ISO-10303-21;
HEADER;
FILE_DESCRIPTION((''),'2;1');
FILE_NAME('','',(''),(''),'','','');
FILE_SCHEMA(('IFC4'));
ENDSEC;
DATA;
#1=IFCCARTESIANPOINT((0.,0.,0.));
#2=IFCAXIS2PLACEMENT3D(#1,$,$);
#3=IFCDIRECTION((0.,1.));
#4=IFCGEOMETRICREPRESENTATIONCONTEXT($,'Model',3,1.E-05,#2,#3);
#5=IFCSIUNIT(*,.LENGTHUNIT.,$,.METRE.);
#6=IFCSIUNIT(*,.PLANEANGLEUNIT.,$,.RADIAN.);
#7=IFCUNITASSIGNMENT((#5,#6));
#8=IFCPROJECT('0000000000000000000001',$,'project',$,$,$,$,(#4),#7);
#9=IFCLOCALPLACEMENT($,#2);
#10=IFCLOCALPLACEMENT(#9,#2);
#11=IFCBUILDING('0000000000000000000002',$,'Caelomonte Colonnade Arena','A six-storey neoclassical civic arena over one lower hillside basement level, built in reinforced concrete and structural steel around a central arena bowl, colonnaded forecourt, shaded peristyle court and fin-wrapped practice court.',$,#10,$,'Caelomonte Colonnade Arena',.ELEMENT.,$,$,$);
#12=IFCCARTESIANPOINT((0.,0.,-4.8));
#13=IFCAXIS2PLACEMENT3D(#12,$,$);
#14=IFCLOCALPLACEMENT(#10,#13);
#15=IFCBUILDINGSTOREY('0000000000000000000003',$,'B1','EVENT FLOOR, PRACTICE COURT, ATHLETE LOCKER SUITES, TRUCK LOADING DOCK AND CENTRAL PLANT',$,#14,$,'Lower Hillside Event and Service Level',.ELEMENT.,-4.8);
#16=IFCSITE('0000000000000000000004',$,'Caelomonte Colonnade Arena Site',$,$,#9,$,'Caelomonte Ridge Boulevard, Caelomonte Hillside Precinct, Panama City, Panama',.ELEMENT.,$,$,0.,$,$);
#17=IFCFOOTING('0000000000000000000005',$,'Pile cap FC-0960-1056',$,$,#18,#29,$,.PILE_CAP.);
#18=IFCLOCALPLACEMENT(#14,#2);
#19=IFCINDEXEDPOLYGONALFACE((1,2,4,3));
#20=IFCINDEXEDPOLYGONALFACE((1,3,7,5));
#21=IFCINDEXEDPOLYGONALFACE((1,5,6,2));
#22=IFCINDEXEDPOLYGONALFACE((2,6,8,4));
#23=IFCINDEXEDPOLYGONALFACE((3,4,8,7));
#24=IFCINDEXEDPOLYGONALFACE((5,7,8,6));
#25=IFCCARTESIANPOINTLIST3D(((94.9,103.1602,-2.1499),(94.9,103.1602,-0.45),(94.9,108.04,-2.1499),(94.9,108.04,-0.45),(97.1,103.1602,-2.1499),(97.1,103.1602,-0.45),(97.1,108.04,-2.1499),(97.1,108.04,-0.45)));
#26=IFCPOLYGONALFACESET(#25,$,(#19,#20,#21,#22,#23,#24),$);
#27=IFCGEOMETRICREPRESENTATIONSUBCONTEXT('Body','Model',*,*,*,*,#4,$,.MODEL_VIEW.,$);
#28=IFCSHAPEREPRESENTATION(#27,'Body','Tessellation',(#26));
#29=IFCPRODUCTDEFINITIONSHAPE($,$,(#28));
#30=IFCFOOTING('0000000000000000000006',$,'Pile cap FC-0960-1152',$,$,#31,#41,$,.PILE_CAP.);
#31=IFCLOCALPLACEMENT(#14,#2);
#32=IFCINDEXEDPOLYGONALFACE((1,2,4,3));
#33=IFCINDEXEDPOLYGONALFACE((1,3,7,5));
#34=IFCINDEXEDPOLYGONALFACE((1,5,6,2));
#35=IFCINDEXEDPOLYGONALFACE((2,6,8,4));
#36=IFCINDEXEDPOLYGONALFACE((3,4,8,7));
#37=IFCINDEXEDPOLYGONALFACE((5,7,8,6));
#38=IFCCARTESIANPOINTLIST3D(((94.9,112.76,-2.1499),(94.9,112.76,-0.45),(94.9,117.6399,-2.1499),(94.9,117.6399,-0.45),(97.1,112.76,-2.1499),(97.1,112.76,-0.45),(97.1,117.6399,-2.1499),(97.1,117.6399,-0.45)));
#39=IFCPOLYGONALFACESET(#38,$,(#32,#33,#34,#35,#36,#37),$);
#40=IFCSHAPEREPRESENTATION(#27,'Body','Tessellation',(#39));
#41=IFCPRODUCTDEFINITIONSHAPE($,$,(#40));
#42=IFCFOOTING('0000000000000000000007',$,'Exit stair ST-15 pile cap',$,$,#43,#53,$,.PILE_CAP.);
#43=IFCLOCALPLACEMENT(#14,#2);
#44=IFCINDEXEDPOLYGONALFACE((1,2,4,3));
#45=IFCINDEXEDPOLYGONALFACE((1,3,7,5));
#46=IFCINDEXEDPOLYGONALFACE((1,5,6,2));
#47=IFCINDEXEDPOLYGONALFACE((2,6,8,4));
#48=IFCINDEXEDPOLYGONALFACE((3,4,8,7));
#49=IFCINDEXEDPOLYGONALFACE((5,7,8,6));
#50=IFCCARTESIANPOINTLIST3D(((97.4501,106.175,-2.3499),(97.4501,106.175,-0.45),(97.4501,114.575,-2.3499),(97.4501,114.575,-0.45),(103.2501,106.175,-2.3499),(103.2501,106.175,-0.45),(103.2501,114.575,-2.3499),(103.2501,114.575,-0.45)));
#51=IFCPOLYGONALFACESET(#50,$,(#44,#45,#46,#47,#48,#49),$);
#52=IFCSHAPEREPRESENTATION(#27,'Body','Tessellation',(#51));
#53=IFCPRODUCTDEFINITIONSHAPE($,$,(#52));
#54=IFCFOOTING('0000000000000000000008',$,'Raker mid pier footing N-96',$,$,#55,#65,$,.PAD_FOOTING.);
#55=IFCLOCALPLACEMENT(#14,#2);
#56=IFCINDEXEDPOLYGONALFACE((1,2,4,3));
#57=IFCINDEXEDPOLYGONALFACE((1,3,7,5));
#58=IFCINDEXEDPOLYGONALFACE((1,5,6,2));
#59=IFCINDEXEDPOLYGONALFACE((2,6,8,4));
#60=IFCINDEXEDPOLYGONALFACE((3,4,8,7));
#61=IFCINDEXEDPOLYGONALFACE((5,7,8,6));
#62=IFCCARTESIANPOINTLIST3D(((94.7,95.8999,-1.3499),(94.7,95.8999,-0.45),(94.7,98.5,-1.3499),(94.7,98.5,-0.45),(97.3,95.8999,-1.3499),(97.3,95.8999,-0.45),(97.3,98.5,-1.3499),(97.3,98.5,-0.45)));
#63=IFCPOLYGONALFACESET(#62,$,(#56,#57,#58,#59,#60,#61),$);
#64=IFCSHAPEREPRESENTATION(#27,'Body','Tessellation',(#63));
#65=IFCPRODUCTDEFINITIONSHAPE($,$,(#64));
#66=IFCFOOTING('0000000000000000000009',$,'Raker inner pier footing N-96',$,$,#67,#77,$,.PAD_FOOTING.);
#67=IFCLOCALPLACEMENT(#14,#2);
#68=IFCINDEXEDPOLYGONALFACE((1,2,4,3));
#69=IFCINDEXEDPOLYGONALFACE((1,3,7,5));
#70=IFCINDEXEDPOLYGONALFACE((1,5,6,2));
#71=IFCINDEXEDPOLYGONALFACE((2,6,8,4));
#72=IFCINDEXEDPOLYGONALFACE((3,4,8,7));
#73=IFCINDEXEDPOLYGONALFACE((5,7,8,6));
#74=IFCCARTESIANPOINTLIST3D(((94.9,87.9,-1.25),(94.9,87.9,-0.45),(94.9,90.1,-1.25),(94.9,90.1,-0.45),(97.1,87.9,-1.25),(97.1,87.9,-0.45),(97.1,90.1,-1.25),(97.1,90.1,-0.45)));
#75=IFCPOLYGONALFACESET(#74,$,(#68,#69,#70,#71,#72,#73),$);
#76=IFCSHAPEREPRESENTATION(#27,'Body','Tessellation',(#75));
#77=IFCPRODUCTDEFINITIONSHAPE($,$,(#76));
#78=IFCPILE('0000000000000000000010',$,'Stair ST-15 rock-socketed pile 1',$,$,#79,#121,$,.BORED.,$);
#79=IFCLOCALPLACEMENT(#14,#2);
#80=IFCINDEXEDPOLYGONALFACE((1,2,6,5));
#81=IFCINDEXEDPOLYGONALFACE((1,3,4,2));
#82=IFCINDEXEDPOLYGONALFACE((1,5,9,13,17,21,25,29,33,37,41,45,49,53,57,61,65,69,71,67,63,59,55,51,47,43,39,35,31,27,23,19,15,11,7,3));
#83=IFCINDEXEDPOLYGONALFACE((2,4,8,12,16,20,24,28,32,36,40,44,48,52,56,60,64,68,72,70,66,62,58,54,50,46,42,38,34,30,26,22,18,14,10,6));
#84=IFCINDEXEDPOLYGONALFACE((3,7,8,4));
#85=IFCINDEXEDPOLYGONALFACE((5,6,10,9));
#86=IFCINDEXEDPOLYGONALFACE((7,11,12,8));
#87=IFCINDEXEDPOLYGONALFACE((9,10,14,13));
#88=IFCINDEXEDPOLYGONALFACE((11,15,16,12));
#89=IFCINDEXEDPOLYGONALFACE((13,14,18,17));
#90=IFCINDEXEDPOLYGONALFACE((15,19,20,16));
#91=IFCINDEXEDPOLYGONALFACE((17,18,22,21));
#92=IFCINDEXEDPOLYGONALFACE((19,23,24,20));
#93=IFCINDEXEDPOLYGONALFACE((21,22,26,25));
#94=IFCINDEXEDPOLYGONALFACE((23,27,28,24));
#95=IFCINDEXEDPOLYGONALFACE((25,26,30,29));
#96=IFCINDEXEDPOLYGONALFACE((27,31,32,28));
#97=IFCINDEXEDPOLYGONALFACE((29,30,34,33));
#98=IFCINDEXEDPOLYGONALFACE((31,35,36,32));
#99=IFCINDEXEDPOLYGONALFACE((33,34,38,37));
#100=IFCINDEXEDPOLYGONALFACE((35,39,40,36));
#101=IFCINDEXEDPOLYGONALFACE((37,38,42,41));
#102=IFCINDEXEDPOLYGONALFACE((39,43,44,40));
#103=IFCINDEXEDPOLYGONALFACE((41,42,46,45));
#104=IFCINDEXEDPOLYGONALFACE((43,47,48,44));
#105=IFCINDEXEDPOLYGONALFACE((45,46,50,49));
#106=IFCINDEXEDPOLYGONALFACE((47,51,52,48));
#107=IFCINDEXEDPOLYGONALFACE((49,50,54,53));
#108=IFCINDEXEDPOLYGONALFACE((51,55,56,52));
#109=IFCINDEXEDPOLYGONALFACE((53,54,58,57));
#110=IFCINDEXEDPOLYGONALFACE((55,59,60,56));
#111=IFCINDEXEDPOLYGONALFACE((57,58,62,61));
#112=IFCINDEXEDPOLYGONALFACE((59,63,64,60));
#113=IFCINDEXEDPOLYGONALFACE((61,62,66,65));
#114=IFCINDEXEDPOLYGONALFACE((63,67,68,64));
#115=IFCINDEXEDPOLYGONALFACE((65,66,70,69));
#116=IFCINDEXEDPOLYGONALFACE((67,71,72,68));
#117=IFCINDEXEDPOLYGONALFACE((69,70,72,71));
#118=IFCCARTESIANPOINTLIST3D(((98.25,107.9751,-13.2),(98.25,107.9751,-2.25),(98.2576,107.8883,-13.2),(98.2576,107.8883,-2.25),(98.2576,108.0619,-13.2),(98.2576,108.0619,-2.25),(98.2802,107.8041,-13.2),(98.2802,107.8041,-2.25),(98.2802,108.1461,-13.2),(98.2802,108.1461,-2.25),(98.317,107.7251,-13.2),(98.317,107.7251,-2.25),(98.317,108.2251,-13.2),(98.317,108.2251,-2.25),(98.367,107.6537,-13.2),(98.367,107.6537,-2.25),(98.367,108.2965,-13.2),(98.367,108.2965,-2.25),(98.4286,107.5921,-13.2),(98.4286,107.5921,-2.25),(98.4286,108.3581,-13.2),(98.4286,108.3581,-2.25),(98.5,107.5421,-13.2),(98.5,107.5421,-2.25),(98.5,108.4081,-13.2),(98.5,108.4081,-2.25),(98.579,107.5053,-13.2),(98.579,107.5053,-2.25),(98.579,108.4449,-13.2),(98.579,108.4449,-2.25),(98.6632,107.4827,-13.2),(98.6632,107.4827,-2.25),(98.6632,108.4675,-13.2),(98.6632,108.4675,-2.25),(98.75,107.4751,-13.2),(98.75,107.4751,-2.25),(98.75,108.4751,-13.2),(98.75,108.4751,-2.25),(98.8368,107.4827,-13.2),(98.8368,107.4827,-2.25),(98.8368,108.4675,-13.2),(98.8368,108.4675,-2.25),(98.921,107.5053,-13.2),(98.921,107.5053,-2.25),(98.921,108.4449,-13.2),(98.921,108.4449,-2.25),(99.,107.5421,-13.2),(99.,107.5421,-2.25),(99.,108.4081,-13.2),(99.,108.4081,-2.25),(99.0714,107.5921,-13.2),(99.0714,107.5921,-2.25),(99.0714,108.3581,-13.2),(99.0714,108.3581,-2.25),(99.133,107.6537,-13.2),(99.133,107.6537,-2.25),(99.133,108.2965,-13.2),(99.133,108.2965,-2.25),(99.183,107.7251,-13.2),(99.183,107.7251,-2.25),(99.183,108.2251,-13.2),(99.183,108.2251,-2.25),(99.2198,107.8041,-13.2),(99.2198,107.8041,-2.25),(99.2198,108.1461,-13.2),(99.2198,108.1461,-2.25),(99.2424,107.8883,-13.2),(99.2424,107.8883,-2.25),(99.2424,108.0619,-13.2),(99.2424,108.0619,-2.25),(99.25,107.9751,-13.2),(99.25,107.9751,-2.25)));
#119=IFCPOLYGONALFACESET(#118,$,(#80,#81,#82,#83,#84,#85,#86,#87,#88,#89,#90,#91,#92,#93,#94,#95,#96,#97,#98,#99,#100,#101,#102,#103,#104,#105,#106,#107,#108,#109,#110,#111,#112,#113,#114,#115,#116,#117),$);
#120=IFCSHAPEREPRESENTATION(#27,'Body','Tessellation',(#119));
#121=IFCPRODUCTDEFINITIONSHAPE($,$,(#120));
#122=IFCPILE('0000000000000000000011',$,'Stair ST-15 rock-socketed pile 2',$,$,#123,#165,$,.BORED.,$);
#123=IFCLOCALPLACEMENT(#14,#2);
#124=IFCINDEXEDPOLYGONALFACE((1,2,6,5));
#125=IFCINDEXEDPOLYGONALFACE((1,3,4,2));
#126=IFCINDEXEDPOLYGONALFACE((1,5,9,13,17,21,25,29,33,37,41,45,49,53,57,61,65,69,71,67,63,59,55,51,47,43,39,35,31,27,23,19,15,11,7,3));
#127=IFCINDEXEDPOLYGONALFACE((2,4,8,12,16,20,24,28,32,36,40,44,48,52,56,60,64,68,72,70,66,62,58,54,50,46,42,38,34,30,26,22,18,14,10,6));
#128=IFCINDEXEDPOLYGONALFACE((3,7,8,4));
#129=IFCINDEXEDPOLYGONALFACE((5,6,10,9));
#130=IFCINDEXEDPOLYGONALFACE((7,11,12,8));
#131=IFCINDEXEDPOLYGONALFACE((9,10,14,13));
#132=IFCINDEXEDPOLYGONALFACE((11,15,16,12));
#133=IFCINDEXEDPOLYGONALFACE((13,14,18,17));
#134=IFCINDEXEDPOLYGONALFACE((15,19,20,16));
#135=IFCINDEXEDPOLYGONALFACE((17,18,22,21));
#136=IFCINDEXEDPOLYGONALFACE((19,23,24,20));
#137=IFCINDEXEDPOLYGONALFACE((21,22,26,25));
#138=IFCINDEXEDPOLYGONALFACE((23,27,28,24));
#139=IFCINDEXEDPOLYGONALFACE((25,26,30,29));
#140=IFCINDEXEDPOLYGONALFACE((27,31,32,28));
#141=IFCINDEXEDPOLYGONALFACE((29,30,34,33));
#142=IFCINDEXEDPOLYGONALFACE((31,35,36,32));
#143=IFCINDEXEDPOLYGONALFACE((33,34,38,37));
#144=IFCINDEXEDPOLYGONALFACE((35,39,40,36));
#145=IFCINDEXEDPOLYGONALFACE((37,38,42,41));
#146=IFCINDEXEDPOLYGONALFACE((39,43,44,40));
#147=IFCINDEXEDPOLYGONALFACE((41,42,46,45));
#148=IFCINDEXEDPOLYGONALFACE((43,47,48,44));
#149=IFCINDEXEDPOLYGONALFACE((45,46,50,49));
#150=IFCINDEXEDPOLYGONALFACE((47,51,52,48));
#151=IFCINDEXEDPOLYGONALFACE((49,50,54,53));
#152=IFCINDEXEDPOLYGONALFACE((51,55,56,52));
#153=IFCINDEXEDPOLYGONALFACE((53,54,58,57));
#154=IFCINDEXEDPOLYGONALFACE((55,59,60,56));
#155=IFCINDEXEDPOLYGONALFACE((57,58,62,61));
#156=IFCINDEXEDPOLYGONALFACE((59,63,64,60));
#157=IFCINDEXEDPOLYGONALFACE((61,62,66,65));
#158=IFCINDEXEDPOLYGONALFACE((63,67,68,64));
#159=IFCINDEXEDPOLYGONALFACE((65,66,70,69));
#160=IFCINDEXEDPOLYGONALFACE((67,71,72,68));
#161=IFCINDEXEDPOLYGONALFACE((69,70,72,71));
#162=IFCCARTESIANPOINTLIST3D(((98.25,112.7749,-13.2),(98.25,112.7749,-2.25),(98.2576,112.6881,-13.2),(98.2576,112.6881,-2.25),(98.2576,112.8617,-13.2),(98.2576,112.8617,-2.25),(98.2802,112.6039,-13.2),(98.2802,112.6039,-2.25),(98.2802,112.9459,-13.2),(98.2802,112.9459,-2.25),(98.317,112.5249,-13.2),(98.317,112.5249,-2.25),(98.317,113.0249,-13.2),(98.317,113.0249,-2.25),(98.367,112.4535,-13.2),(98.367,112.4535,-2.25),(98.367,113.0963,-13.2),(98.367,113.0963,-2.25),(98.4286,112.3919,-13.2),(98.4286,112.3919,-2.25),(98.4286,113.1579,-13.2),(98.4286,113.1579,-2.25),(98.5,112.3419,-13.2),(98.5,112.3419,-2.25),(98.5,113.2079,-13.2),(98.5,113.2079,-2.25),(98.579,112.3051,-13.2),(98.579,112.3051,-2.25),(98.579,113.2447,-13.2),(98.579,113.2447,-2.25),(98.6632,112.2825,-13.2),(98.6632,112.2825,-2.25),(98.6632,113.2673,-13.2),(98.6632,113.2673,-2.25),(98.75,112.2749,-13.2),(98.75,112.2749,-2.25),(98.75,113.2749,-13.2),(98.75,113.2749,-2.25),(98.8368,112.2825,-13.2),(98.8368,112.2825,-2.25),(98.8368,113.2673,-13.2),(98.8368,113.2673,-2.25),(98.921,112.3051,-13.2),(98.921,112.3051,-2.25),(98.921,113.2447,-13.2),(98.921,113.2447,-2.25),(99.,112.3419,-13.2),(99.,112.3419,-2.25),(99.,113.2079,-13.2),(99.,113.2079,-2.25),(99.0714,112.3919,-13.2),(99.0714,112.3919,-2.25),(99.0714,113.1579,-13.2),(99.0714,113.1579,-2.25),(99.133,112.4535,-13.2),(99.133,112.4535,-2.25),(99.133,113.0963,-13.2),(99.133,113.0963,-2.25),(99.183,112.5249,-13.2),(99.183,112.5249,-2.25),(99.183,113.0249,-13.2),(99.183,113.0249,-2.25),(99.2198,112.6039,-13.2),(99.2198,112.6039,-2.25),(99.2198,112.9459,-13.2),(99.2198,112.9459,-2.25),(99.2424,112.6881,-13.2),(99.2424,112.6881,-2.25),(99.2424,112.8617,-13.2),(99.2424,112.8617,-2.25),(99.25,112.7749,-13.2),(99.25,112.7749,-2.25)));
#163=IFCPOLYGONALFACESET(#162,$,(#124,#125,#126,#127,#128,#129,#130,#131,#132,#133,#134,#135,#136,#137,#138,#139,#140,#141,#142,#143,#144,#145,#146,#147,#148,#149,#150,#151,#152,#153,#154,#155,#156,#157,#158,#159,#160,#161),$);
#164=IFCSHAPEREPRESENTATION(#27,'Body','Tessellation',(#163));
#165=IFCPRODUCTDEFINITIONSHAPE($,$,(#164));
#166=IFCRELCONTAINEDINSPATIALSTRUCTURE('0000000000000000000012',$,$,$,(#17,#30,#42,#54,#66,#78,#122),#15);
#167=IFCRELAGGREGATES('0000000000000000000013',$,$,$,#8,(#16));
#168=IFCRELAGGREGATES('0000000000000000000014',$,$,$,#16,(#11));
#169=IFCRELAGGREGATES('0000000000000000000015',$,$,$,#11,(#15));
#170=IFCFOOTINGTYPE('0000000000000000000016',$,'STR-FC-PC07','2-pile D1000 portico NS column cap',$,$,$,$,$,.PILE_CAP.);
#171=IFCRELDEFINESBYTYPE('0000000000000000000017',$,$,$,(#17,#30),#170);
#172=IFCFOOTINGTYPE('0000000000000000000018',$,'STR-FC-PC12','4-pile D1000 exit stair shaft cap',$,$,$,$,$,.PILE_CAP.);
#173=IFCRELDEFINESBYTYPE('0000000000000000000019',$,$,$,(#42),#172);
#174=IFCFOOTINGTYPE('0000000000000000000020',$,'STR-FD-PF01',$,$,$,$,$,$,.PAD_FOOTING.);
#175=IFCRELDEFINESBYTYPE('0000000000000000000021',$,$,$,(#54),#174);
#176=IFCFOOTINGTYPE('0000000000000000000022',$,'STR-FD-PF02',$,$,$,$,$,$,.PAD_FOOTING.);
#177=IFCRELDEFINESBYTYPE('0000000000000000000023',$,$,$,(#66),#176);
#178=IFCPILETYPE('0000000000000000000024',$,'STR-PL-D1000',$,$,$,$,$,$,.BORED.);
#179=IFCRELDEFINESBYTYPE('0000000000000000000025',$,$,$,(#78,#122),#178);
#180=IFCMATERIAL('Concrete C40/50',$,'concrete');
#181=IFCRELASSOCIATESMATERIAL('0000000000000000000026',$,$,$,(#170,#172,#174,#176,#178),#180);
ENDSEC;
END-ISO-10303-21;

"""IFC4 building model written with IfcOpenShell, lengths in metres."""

from ifc_helpers import new_model, si_unit, direction, frame, origin, origin_2d, place, context, subcontext, project, spatial, rectangle, circle, extrude, material, material_profile, profile_set, type_object, element, save


model = new_model("IFC4")

# Units and contexts
model_context = context("Model", 3, precision=1e-05, world=origin(), true_north=direction((0.0, 1.0)))
body_context = subcontext(model_context, "Body", "Model", "MODEL_VIEW")
ifc_project = project(units=[si_unit("LENGTHUNIT", "METRE"), si_unit("PLANEANGLEUNIT", "RADIAN")], contexts=[model_context])

# Site, building, storey
site_placement = place(None, origin())
site = spatial("IfcSite", under=ifc_project, at=site_placement, Name="Caelomonte Colonnade Arena Site", LongName="Caelomonte Ridge Boulevard, Caelomonte Hillside Precinct, Panama City, Panama", CompositionType="ELEMENT", RefElevation=0.0)
building_placement = place(site_placement, origin())
building = spatial("IfcBuilding", under=site, at=building_placement, Name="Caelomonte Colonnade Arena", Description="A six-storey neoclassical civic arena over one lower hillside basement level, built in reinforced concrete and structural steel around a central arena bowl, colonnaded forecourt, shaded peristyle court and fin-wrapped practice court.", LongName="Caelomonte Colonnade Arena", CompositionType="ELEMENT")
storey_placement = place(building_placement, frame((0.0, 0.0, -4.8)))
storey = spatial("IfcBuildingStorey", under=building, at=storey_placement, Name="B1", Description="EVENT FLOOR, PRACTICE COURT, ATHLETE LOCKER SUITES, TRUCK LOADING DOCK AND CENTRAL PLANT", LongName="Lower Hillside Event and Service Level", CompositionType="ELEMENT", Elevation=-4.8)

# Footings
ifc_material_1 = material(Name="Concrete C40/50", Category="concrete")
footing_type_1 = type_object("IfcFootingType", Name="STR-FC-PC07", Description="2-pile D1000 portico NS column cap", PredefinedType="PILE_CAP", material=ifc_material_1)
for number, where, z_axis, x_axis, name in (
    (1, (96.0, 105.6001, -2.1499), (0.0, 0.0, 1.0), (1.0, 0.0, 0.0), "Pile cap FC-0960-1056"),
    (2, (96.0, 115.2, -2.1499), (0.0, 0.0, 1.0), (1.0, 0.0, 0.0), "Pile cap FC-0960-1152"),
):
    element("IfcFooting", number, at=place(storey_placement, frame(where, z_axis=z_axis, x_axis=x_axis)), inside=storey, type_object=footing_type_1, Name=name, PredefinedType="PILE_CAP", context=body_context, shape_type="SweptSolid", body=[
        extrude(rectangle(XDim=2.2, YDim=4.8799, at=origin_2d()), origin(), (0.0, 0.0, 1.0), 1.7),
    ])
footing_type_2 = type_object("IfcFootingType", Name="STR-FC-PC12", Description="4-pile D1000 exit stair shaft cap", PredefinedType="PILE_CAP", material=ifc_material_1)
footing_1_placement = place(storey_placement, frame((100.3501, 110.375, -2.3499), z_axis=(0.0, 0.0, 1.0), x_axis=(1.0, 0.0, 0.0)))
element("IfcFooting", 3, at=footing_1_placement, inside=storey, type_object=footing_type_2, Name="Exit stair ST-15 pile cap", PredefinedType="PILE_CAP", context=body_context, shape_type="SweptSolid", body=[
    extrude(rectangle(XDim=5.8, YDim=8.3999, at=origin_2d()), origin(), (0.0, 0.0, 1.0), 1.8999),
])
footing_type_3 = type_object("IfcFootingType", Name="STR-FD-PF01", PredefinedType="PAD_FOOTING", material=ifc_material_1)
footing_2_placement = place(storey_placement, frame((96.0, 97.2, -1.3499), z_axis=(0.0, 0.0, 1.0), x_axis=(1.0, 0.0, 0.0)))
element("IfcFooting", 4, at=footing_2_placement, inside=storey, type_object=footing_type_3, Name="Raker mid pier footing N-96", PredefinedType="PAD_FOOTING", context=body_context, shape_type="SweptSolid", body=[
    extrude(rectangle(XDim=2.6001, YDim=2.6001, at=origin_2d()), origin(), (0.0, 0.0, 1.0), 0.8999),
])
footing_type_4 = type_object("IfcFootingType", Name="STR-FD-PF02", PredefinedType="PAD_FOOTING", material=ifc_material_1)
footing_3_placement = place(storey_placement, frame((96.0, 89.0, -1.25), z_axis=(0.0, 0.0, 1.0), x_axis=(1.0, 0.0, 0.0)))
element("IfcFooting", 5, at=footing_3_placement, inside=storey, type_object=footing_type_4, Name="Raker inner pier footing N-96", PredefinedType="PAD_FOOTING", context=body_context, shape_type="SweptSolid", body=[
    extrude(rectangle(XDim=2.2, YDim=2.2, at=origin_2d()), origin(), (0.0, 0.0, 1.0), 0.8),
])

# Piles
ifc_material_profile_1 = material_profile(ifc_material_1, circle(Radius=0.5, at=origin_2d()), Name="PILE-D1000")
ifc_profile_set_1 = profile_set([ifc_material_profile_1], Name="Concrete C40/50")
pile_type = type_object("IfcPileType", Name="STR-PL-D1000", PredefinedType="BORED", material=ifc_profile_set_1)
for number, where, z_axis, x_axis, name in (
    (6, (98.75, 107.9751, -2.25), (0.0, 0.0, -1.0), (1.0, 0.0, 0.0), "Stair ST-15 rock-socketed pile 1"),
    (7, (98.75, 112.7749, -2.25), (0.0, 0.0, -1.0), (1.0, 0.0, 0.0), "Stair ST-15 rock-socketed pile 2"),
):
    element("IfcPile", number, at=place(storey_placement, frame(where, z_axis=z_axis, x_axis=x_axis)), inside=storey, type_object=pile_type, Name=name, PredefinedType="BORED", context=body_context, shape_type="SweptSolid", body=[
        extrude(circle(Radius=0.5, at=origin_2d()), origin(), (0.0, 0.0, 1.0), 10.95),
    ])

save(model, "model.ifc")
